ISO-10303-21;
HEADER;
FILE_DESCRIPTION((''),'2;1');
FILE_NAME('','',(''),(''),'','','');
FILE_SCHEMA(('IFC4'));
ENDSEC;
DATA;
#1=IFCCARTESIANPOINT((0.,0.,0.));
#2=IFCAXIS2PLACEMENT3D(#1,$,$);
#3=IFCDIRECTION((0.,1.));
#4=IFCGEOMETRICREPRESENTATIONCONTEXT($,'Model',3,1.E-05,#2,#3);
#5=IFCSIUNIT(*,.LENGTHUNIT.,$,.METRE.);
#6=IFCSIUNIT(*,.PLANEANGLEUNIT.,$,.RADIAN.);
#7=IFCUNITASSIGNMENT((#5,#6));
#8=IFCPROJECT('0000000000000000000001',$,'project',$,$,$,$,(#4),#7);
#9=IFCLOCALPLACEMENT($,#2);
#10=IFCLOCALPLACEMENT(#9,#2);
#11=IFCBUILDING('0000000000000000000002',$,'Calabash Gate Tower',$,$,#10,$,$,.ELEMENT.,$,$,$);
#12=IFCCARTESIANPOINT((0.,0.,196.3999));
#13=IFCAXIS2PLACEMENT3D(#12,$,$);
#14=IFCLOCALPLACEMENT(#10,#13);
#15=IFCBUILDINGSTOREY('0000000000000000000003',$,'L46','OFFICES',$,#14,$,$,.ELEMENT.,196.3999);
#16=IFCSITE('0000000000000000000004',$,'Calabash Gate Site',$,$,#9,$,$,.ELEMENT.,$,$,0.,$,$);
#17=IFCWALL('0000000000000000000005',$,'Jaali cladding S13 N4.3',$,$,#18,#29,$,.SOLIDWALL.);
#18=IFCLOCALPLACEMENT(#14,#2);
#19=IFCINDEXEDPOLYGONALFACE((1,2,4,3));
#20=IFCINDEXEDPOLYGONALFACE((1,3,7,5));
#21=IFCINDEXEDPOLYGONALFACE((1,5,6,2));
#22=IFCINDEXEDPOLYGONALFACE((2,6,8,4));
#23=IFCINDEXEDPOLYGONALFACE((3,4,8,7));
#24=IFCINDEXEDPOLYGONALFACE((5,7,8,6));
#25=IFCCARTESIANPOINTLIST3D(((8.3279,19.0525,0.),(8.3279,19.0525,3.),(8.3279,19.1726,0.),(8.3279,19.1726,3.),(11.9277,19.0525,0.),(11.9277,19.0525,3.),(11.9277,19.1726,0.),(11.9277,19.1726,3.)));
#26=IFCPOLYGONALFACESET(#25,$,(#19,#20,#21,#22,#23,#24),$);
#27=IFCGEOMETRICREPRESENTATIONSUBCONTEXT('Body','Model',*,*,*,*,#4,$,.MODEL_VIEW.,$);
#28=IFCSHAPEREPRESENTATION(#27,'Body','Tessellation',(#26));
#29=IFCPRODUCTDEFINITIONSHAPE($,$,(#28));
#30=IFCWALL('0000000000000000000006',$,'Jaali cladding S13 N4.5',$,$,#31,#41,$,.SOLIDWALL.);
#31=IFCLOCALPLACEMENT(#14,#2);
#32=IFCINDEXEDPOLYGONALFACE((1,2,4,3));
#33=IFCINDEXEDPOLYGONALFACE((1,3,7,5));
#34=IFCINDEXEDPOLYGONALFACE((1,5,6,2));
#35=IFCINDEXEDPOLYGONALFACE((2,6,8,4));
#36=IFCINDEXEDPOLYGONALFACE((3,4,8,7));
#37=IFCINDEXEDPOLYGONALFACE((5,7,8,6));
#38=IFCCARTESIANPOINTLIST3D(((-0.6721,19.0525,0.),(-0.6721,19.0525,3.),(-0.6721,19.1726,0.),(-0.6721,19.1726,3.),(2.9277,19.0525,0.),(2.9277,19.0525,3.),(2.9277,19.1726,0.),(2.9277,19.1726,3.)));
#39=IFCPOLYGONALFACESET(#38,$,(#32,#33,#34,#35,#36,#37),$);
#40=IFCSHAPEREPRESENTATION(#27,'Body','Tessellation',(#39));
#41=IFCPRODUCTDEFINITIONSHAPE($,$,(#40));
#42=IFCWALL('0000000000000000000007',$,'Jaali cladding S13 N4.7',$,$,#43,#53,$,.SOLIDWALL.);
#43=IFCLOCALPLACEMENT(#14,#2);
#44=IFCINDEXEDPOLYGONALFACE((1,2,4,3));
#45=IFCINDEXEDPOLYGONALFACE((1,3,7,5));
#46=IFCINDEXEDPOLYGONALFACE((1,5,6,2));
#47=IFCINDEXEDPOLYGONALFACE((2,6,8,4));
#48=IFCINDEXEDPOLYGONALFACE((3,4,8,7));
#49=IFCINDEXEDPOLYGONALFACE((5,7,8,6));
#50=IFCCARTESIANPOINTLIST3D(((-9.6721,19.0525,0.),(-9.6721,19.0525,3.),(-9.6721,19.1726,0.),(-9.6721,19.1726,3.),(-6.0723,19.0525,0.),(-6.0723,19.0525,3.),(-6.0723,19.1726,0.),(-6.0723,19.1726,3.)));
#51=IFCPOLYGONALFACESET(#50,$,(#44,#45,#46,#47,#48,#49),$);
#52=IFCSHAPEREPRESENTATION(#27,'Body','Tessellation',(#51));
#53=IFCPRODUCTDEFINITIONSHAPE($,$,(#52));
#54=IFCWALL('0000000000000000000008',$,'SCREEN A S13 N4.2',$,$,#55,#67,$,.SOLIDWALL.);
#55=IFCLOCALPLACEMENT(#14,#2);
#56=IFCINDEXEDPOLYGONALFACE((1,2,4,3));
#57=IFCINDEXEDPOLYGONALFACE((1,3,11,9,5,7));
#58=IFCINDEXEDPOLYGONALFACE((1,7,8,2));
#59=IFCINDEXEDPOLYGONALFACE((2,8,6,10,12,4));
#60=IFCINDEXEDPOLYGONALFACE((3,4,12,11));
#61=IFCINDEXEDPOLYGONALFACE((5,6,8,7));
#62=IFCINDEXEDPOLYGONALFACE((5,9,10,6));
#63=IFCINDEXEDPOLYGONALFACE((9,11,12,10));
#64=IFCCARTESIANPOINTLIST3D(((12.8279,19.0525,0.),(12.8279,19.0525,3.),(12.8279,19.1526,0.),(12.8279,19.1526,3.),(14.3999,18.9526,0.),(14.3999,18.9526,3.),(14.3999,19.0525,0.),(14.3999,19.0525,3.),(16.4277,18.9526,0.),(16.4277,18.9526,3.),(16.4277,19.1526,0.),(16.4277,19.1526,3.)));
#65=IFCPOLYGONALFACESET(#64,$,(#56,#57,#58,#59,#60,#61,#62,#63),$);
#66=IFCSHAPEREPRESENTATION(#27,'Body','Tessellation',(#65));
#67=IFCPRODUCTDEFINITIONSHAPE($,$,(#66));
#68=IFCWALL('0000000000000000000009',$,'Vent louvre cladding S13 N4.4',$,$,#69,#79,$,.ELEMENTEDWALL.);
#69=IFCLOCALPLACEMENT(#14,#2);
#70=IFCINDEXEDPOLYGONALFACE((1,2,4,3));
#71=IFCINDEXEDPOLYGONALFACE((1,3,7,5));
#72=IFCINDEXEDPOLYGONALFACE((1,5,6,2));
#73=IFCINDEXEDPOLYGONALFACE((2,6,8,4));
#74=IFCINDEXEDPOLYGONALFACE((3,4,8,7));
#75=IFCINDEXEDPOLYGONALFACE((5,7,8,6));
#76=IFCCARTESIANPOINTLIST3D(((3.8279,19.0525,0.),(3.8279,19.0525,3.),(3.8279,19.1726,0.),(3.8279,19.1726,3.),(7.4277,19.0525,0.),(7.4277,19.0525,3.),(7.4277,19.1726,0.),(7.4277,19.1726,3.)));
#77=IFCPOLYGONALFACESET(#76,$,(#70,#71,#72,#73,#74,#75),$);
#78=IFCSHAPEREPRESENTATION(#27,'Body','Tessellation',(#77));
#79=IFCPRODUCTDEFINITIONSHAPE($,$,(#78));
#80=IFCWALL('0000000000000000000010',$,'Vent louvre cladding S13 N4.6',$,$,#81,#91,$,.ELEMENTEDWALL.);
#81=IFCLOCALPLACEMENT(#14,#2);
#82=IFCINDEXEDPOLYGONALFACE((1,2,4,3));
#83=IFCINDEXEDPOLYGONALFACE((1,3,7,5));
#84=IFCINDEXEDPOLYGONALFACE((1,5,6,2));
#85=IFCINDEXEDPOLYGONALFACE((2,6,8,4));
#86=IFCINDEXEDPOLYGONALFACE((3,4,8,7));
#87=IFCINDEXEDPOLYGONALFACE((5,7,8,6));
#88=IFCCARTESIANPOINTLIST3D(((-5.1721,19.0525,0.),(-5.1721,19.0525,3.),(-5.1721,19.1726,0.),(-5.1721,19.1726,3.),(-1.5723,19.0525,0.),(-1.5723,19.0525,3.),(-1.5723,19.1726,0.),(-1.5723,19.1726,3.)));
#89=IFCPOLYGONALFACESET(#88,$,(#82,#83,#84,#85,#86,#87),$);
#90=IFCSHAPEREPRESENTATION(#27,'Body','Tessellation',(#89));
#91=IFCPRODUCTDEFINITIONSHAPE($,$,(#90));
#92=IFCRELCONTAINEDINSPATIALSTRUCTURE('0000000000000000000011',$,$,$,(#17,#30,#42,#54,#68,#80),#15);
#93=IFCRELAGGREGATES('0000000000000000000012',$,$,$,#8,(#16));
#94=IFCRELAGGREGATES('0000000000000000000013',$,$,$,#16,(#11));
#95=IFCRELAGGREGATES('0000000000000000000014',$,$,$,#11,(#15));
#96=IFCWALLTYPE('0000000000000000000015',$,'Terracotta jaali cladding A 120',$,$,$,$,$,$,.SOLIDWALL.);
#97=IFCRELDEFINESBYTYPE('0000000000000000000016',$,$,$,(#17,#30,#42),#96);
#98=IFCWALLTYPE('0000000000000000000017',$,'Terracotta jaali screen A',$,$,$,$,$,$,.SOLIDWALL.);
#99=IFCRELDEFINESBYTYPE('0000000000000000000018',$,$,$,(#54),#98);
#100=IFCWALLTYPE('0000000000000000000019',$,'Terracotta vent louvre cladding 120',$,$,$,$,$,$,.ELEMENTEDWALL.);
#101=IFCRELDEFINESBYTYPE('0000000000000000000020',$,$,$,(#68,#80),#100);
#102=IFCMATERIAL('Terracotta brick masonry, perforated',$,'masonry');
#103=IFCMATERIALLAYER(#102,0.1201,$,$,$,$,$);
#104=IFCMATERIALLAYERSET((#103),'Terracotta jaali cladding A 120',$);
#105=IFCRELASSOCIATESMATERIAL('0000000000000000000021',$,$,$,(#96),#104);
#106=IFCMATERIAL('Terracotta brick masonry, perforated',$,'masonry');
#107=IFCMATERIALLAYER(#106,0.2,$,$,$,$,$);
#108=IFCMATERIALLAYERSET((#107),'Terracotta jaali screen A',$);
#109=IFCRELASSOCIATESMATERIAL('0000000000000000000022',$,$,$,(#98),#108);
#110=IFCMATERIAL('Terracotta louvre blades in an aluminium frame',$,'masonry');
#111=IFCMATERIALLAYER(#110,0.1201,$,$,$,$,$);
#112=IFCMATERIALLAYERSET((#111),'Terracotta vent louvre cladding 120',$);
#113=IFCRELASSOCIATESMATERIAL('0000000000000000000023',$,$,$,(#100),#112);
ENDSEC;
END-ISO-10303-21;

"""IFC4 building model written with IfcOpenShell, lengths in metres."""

from ifc_helpers import new_model, si_unit, direction, frame, origin, place, context, subcontext, project, spatial, polyline, outline, extrude, material, layer, layer_set, type_object, element, save


model = new_model("IFC4")

# Units and contexts
model_context = context("Model", 3, precision=1e-05, world=origin(), true_north=direction((0.0, 1.0)))
body_context = subcontext(model_context, "Body", "Model", "MODEL_VIEW")
ifc_project = project(units=[si_unit("LENGTHUNIT", "METRE"), si_unit("PLANEANGLEUNIT", "RADIAN")], contexts=[model_context])

# Site, building, storey
site_placement = place(None, origin())
site = spatial("IfcSite", under=ifc_project, at=site_placement, Name="Calabash Gate Site", CompositionType="ELEMENT", RefElevation=0.0)
building_placement = place(site_placement, origin())
building = spatial("IfcBuilding", under=site, at=building_placement, Name="Calabash Gate Tower", CompositionType="ELEMENT")
storey_placement = place(building_placement, frame((0.0, 0.0, 196.3999)))
storey = spatial("IfcBuildingStorey", under=building, at=storey_placement, Name="L46", Description="OFFICES", CompositionType="ELEMENT", Elevation=196.3999)

# Walls
ifc_material_1 = material(Name="Terracotta brick masonry, perforated", Category="masonry")
ifc_layer_1 = layer(ifc_material_1, 0.1201)
ifc_layer_set_1 = layer_set([ifc_layer_1], Name="Terracotta jaali cladding A 120")
wall_type_1 = type_object("IfcWallType", Name="Terracotta jaali cladding A 120", PredefinedType="SOLIDWALL", material=ifc_layer_set_1)
wall_1_placement = place(storey_placement, origin())
element("IfcWall", 1, at=wall_1_placement, inside=storey, type_object=wall_type_1, Name="Jaali cladding S13 N4.3", PredefinedType="SOLIDWALL", context=body_context, shape_type="SweptSolid", body=[
    extrude(outline(polyline([(8.3279, 19.1726), (8.3279, 19.0525), (11.9277, 19.0525), (11.9277, 19.1726), (8.3279, 19.1726)])), origin(), (0.0, 0.0, 1.0), 3.0),
])
wall_2_placement = place(storey_placement, origin())
element("IfcWall", 2, at=wall_2_placement, inside=storey, type_object=wall_type_1, Name="Jaali cladding S13 N4.5", PredefinedType="SOLIDWALL", context=body_context, shape_type="SweptSolid", body=[
    extrude(outline(polyline([(-0.6721, 19.1726), (-0.6721, 19.0525), (2.9277, 19.0525), (2.9277, 19.1726), (-0.6721, 19.1726)])), origin(), (0.0, 0.0, 1.0), 3.0),
])
wall_3_placement = place(storey_placement, origin())
element("IfcWall", 3, at=wall_3_placement, inside=storey, type_object=wall_type_1, Name="Jaali cladding S13 N4.7", PredefinedType="SOLIDWALL", context=body_context, shape_type="SweptSolid", body=[
    extrude(outline(polyline([(-9.6721, 19.1726), (-9.6721, 19.0525), (-6.0723, 19.0525), (-6.0723, 19.1726), (-9.6721, 19.1726)])), origin(), (0.0, 0.0, 1.0), 3.0),
])
ifc_material_2 = material(Name="Terracotta brick masonry, perforated", Category="masonry")
ifc_layer_2 = layer(ifc_material_2, 0.2)
ifc_layer_set_2 = layer_set([ifc_layer_2], Name="Terracotta jaali screen A")
wall_type_2 = type_object("IfcWallType", Name="Terracotta jaali screen A", PredefinedType="SOLIDWALL", material=ifc_layer_set_2)
wall_4_placement = place(storey_placement, origin())
element("IfcWall", 4, at=wall_4_placement, inside=storey, type_object=wall_type_2, Name="SCREEN A S13 N4.2", PredefinedType="SOLIDWALL", context=body_context, shape_type="SweptSolid", body=[
    extrude(outline(polyline([(16.4277, 19.1526), (12.8279, 19.1526), (12.8279, 19.0525), (14.3999, 19.0525), (14.3999, 18.9526), (16.4277, 18.9526), (16.4277, 19.1526)])), origin(), (0.0, 0.0, 1.0), 3.0),
])
ifc_material_3 = material(Name="Terracotta louvre blades in an aluminium frame", Category="masonry")
ifc_layer_3 = layer(ifc_material_3, 0.1201)
ifc_layer_set_3 = layer_set([ifc_layer_3], Name="Terracotta vent louvre cladding 120")
wall_type_3 = type_object("IfcWallType", Name="Terracotta vent louvre cladding 120", PredefinedType="ELEMENTEDWALL", material=ifc_layer_set_3)
wall_5_placement = place(storey_placement, origin())
element("IfcWall", 5, at=wall_5_placement, inside=storey, type_object=wall_type_3, Name="Vent louvre cladding S13 N4.4", PredefinedType="ELEMENTEDWALL", context=body_context, shape_type="SweptSolid", body=[
    extrude(outline(polyline([(3.8279, 19.1726), (3.8279, 19.0525), (7.4277, 19.0525), (7.4277, 19.1726), (3.8279, 19.1726)])), origin(), (0.0, 0.0, 1.0), 3.0),
])
wall_6_placement = place(storey_placement, origin())
element("IfcWall", 6, at=wall_6_placement, inside=storey, type_object=wall_type_3, Name="Vent louvre cladding S13 N4.6", PredefinedType="ELEMENTEDWALL", context=body_context, shape_type="SweptSolid", body=[
    extrude(outline(polyline([(-5.1721, 19.1726), (-5.1721, 19.0525), (-1.5723, 19.0525), (-1.5723, 19.1726), (-5.1721, 19.1726)])), origin(), (0.0, 0.0, 1.0), 3.0),
])

save(model, "model.ifc")
